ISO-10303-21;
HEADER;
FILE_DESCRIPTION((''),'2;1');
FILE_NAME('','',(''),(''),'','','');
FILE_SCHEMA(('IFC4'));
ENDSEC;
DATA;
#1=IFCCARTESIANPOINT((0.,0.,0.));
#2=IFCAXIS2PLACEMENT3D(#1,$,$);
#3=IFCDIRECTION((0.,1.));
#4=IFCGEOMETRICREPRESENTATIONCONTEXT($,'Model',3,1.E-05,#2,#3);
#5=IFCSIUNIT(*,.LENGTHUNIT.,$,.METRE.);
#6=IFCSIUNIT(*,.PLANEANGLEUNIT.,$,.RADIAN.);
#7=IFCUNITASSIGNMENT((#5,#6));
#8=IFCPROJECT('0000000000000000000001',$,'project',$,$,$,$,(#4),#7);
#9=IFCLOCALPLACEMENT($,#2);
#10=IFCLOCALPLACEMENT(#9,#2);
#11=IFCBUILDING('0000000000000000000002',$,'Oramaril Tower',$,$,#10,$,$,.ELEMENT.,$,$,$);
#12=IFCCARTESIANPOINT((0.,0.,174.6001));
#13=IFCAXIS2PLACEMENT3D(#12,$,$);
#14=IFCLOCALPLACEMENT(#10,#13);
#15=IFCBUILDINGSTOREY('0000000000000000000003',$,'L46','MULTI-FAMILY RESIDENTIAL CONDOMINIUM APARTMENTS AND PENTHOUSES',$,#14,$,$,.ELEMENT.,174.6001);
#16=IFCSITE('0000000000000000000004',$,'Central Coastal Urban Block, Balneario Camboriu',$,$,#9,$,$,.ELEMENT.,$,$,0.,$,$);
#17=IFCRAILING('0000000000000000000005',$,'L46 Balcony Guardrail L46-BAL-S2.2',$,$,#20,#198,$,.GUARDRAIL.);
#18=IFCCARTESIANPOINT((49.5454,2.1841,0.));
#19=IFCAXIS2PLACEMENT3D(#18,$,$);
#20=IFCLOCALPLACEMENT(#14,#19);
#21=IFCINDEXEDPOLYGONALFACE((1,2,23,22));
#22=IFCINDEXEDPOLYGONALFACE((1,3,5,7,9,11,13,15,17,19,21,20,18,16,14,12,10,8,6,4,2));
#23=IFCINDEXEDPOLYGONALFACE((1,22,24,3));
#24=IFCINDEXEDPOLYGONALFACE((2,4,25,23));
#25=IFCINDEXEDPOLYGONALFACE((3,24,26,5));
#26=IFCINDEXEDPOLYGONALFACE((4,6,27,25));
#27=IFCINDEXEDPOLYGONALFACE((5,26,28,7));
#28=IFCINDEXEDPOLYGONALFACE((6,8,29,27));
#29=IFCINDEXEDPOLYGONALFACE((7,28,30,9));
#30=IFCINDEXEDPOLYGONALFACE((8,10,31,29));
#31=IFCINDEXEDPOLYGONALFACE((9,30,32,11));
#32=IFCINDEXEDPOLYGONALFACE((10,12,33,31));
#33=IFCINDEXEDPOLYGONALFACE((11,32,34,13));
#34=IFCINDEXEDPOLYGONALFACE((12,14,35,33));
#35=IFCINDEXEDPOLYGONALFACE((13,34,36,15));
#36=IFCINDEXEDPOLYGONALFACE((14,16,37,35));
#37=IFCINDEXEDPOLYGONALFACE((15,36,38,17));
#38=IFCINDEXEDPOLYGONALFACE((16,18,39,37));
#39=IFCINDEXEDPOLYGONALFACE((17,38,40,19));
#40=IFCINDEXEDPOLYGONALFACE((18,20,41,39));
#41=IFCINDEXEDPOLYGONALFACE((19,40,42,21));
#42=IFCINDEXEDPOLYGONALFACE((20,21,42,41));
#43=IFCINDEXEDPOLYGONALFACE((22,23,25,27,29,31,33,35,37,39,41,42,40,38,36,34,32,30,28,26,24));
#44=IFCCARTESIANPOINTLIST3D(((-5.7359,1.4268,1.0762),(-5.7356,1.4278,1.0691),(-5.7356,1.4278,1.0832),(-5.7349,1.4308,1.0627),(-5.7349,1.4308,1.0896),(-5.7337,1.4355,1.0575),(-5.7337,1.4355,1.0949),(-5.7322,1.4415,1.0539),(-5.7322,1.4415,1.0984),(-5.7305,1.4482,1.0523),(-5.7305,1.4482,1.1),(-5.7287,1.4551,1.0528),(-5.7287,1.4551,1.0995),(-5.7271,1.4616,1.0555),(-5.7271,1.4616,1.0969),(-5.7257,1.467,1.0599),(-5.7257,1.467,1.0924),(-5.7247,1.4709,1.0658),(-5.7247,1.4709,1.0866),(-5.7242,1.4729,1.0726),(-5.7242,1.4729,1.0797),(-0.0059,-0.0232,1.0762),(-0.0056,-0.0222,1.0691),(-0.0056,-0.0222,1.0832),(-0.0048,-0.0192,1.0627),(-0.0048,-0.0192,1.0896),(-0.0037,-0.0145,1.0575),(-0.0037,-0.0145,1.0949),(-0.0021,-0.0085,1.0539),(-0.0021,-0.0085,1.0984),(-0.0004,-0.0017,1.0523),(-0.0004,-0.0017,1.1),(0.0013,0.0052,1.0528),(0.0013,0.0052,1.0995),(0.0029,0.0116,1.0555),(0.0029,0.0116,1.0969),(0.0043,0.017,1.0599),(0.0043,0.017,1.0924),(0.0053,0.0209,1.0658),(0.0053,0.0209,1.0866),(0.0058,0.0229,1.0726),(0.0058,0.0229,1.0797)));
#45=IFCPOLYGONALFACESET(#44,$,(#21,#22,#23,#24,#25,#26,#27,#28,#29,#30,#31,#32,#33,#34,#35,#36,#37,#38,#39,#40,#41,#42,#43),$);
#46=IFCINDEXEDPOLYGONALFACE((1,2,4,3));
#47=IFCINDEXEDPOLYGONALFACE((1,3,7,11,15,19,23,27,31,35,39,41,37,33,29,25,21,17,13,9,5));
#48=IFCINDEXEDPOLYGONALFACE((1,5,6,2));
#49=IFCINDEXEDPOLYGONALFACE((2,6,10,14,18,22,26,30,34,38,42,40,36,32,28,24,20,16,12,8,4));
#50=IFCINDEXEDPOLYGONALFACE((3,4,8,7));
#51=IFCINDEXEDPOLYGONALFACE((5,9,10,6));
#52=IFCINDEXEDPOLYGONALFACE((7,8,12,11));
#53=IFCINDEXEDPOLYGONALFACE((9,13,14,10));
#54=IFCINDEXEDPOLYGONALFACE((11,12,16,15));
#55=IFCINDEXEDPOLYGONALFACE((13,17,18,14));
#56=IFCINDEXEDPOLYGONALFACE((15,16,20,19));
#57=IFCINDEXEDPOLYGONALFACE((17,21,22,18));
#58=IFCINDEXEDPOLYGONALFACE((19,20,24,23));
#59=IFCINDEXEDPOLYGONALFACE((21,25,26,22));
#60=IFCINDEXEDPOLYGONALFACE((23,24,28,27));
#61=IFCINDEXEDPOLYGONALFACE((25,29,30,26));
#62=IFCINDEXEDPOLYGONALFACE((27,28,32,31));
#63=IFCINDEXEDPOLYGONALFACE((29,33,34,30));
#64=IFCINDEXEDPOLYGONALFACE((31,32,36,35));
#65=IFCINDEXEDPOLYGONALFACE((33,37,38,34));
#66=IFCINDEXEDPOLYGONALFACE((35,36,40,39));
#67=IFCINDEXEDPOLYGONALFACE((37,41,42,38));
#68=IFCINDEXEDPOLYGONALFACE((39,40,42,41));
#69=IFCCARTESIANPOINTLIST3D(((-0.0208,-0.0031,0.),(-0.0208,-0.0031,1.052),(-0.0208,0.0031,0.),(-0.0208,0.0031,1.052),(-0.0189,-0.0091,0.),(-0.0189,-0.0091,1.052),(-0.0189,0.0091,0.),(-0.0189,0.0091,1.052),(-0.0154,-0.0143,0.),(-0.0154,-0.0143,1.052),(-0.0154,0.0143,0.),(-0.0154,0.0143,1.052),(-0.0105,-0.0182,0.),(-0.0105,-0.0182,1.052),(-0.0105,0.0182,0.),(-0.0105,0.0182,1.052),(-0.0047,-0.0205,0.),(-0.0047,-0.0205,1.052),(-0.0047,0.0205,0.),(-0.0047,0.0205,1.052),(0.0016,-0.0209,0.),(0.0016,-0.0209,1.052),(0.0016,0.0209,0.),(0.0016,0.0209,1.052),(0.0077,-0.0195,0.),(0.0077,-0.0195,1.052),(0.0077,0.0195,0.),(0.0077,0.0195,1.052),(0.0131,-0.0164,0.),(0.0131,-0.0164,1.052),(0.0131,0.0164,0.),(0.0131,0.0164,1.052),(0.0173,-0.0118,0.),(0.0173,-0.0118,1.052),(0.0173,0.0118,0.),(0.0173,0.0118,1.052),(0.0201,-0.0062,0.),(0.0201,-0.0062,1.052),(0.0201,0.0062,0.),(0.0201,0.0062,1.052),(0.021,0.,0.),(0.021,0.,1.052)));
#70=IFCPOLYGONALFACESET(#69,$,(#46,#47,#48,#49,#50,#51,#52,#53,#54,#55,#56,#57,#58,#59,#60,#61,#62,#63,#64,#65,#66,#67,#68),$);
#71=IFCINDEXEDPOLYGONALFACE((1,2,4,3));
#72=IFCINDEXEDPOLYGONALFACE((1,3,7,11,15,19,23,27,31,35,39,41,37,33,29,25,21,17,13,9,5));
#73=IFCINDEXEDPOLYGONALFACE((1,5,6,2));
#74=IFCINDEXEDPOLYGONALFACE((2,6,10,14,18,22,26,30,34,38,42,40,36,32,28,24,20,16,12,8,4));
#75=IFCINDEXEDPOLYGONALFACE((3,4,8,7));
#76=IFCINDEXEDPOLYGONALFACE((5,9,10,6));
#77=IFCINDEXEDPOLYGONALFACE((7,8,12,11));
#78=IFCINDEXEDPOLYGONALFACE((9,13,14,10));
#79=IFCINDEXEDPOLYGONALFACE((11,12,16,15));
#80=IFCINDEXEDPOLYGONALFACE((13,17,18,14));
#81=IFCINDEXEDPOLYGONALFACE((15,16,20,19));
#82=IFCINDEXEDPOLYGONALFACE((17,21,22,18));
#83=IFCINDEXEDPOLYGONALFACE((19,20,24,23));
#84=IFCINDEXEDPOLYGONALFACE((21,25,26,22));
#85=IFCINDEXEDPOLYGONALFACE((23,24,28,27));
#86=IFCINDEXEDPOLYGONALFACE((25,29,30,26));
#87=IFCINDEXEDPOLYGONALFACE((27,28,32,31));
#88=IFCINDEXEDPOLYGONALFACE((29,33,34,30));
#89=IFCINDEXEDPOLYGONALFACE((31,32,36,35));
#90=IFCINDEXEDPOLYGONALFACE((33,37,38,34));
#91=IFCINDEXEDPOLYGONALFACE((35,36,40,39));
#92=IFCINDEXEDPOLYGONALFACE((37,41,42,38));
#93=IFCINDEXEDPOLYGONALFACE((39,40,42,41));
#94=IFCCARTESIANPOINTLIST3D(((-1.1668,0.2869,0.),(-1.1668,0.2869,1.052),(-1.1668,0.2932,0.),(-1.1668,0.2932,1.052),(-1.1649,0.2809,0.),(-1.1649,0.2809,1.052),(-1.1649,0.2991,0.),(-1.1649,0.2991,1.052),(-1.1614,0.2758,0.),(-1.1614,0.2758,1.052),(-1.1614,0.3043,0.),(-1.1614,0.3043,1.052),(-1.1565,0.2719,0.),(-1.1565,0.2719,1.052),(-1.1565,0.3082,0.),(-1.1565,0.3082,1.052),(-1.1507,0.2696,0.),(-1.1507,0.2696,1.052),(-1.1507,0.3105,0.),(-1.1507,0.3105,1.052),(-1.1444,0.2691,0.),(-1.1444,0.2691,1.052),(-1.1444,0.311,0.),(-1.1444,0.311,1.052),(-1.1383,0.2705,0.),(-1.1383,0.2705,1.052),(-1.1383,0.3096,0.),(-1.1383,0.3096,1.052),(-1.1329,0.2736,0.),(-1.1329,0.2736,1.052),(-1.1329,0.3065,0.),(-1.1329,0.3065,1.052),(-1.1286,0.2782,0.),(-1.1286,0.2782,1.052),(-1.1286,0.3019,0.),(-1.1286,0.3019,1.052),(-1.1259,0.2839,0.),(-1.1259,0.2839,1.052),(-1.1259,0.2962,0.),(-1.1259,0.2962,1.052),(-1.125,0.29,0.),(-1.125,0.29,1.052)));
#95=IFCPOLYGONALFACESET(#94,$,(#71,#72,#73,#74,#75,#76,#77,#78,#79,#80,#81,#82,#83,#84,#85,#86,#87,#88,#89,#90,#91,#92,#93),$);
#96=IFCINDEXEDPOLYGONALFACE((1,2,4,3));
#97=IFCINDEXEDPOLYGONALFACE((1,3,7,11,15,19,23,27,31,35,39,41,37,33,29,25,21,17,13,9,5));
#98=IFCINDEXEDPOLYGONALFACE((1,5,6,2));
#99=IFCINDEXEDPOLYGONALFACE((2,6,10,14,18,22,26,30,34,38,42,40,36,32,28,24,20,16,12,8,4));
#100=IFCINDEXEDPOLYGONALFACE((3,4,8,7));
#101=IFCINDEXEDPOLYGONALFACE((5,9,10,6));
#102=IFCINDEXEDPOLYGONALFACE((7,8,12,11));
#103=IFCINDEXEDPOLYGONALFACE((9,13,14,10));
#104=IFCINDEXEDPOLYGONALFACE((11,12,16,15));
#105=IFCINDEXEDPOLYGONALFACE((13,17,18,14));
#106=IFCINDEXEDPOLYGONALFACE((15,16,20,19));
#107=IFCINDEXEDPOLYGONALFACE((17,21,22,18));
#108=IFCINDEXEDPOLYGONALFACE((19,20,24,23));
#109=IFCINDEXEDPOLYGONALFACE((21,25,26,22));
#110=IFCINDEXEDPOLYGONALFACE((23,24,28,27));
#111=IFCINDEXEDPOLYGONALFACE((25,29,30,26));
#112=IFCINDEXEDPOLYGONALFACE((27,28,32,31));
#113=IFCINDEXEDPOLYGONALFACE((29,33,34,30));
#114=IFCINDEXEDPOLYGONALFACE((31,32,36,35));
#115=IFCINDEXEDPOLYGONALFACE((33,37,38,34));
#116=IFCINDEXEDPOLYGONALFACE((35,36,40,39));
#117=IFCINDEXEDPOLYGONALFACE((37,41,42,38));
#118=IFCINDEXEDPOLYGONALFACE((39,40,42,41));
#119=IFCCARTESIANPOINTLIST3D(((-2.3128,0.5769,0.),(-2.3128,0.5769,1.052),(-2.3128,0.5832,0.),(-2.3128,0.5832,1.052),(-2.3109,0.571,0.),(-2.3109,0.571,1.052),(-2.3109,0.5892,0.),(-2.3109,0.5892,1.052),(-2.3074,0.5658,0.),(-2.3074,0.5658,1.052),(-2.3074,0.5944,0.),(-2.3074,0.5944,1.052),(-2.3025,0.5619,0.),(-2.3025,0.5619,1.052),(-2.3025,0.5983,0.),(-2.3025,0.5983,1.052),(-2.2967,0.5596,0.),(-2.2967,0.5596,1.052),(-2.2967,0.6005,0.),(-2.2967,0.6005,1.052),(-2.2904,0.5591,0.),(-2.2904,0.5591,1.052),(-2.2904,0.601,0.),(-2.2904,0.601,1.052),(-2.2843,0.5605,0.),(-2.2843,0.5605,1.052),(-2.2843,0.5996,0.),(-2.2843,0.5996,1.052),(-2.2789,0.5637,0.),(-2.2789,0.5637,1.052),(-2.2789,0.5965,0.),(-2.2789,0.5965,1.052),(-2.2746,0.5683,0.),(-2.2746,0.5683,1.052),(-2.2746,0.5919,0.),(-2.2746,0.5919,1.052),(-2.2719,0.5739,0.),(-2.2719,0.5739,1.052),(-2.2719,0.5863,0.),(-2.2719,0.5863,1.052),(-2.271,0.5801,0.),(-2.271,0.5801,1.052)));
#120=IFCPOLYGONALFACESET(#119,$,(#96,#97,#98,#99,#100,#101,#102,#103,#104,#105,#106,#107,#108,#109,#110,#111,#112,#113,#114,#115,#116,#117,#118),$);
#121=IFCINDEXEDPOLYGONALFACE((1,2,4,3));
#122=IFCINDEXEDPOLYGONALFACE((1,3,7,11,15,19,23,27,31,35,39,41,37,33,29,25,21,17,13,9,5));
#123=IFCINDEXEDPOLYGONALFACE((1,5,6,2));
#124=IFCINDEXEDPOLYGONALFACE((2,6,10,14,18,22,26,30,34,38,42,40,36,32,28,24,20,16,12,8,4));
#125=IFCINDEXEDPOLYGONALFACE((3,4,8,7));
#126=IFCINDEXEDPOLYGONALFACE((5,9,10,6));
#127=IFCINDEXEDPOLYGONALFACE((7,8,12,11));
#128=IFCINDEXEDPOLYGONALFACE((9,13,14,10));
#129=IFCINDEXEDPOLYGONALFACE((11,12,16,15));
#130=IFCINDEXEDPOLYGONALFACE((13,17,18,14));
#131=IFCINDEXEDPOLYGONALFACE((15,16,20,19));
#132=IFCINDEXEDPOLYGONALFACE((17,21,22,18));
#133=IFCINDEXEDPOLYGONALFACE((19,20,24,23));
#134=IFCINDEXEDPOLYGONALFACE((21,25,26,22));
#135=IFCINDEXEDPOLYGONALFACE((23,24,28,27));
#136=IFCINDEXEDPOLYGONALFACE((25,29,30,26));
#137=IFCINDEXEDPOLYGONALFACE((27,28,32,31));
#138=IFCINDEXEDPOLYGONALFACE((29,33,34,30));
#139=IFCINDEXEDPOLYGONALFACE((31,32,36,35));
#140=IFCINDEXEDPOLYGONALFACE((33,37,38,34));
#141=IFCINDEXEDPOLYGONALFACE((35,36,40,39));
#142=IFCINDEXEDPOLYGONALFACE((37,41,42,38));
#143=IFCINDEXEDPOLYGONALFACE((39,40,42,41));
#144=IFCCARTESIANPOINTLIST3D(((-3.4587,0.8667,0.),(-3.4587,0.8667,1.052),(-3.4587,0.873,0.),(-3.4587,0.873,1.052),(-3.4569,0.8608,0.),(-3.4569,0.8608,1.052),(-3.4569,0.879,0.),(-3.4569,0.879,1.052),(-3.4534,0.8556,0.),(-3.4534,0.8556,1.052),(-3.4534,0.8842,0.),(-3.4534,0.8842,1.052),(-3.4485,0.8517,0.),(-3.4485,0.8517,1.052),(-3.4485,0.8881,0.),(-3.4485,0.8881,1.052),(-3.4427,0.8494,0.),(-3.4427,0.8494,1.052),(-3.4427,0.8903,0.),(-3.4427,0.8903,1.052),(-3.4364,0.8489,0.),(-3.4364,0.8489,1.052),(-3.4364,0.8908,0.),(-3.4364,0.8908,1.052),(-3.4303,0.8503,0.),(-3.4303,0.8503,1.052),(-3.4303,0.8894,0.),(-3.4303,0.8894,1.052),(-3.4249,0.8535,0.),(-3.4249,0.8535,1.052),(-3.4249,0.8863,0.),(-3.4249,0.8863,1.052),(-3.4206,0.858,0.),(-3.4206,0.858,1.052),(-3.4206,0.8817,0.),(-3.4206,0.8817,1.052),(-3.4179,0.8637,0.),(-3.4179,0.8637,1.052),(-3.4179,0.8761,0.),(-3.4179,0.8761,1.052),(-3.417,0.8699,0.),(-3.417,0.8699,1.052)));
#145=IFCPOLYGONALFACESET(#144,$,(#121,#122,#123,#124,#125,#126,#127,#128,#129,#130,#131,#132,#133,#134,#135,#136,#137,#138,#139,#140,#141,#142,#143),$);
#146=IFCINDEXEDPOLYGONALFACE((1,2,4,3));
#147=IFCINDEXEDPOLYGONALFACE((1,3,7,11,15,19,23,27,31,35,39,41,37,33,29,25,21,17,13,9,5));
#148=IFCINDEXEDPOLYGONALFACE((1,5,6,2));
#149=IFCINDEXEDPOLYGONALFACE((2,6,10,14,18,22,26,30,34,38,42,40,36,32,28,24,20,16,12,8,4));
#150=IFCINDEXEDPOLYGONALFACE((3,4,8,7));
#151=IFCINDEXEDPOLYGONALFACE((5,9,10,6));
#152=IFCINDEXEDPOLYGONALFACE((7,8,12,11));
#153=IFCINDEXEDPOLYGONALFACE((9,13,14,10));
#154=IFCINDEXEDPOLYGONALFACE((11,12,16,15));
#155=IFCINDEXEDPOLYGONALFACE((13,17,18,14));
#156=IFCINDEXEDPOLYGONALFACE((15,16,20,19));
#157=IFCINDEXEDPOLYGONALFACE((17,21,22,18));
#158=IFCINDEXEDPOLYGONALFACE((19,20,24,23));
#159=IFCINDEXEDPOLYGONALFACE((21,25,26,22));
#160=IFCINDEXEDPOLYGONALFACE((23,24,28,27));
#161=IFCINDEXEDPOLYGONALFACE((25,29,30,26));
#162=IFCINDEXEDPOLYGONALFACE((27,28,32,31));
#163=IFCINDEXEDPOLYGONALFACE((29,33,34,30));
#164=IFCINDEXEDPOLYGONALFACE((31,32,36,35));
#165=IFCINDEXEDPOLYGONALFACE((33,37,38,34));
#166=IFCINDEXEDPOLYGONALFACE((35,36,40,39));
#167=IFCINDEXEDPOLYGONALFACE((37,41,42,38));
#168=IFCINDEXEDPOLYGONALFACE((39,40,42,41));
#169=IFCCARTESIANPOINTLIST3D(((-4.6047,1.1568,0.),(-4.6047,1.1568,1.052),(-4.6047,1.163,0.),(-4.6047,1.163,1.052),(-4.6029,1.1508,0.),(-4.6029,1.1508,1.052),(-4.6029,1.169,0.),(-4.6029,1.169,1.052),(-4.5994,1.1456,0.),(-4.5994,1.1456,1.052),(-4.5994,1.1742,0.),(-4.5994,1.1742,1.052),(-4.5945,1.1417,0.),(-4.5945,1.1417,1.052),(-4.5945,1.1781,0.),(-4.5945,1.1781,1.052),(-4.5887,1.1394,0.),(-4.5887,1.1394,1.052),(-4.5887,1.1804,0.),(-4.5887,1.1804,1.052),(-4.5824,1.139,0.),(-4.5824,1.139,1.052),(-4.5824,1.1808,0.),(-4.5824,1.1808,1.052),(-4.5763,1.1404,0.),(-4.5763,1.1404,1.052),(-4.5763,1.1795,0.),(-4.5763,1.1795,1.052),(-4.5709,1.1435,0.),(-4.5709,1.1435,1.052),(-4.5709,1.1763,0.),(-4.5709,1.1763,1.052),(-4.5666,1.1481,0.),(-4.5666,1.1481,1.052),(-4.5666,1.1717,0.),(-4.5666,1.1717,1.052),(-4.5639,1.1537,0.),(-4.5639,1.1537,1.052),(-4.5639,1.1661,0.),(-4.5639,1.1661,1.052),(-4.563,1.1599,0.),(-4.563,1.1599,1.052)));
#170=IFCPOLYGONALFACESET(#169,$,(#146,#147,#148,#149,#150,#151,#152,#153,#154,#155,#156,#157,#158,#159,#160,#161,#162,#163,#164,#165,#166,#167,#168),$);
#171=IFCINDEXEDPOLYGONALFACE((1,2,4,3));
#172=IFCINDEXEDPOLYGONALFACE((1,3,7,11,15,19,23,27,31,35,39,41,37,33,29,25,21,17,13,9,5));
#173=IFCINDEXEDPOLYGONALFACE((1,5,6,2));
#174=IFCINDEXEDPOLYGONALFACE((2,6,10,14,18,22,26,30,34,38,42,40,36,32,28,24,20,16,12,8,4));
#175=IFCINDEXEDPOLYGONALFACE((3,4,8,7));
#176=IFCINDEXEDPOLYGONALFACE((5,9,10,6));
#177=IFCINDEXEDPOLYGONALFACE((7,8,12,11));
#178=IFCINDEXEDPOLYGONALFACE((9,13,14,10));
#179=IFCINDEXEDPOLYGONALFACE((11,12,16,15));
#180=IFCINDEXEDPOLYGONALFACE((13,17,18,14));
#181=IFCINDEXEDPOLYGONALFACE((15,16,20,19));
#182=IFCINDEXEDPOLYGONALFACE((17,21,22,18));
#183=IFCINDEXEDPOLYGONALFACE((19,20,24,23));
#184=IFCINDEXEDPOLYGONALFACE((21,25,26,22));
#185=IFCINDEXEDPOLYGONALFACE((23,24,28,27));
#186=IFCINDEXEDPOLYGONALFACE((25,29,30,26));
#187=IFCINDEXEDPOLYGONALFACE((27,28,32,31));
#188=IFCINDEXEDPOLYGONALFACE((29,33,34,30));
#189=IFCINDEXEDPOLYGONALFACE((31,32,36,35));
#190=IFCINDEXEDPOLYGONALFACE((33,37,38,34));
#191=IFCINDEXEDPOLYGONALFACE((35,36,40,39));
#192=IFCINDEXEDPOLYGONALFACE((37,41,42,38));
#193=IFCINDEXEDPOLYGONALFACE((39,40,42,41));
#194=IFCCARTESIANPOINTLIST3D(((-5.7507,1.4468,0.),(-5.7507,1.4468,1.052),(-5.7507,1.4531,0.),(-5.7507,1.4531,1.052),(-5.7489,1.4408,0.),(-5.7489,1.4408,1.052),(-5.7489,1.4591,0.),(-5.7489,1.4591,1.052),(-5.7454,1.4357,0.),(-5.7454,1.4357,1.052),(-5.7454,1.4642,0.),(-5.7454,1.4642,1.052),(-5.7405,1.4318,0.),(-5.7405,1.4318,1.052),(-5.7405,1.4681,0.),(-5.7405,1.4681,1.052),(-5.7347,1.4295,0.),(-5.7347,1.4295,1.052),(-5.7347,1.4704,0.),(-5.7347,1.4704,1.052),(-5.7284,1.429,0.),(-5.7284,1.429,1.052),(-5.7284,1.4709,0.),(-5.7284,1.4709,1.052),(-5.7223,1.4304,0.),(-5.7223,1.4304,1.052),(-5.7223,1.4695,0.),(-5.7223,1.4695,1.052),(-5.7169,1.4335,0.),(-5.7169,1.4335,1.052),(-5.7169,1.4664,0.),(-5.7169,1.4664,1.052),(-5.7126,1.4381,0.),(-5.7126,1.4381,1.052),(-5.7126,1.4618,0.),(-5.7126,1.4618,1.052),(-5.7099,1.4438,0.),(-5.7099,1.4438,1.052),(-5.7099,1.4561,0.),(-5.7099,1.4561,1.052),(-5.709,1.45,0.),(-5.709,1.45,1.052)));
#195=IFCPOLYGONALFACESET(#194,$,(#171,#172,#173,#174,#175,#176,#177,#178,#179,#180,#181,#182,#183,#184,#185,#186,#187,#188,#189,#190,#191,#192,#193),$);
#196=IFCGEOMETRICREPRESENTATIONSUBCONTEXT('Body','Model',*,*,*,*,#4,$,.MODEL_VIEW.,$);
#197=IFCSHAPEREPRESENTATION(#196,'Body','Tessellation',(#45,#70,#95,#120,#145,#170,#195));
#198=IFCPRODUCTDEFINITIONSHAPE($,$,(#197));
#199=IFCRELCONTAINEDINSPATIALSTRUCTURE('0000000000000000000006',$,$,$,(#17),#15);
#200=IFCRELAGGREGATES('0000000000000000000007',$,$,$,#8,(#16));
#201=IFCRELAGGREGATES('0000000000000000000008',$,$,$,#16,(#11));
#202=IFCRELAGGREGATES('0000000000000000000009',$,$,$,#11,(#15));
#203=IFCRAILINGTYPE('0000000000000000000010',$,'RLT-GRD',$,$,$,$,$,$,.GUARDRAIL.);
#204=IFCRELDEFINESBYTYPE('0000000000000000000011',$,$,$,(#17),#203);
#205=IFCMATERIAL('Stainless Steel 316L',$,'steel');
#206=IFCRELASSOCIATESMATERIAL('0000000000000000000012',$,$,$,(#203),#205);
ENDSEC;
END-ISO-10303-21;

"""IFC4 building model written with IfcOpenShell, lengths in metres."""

from ifc_helpers import new_model, si_unit, direction, frame, origin, origin_2d, place, context, subcontext, project, spatial, circle, extrude, material, type_object, element, save


model = new_model("IFC4")

# Units and contexts
model_context = context("Model", 3, precision=1e-05, world=origin(), true_north=direction((0.0, 1.0)))
body_context = subcontext(model_context, "Body", "Model", "MODEL_VIEW")
ifc_project = project(units=[si_unit("LENGTHUNIT", "METRE"), si_unit("PLANEANGLEUNIT", "RADIAN")], contexts=[model_context])

# Site, building, storey
site_placement = place(None, origin())
site = spatial("IfcSite", under=ifc_project, at=site_placement, Name="Central Coastal Urban Block, Balneario Camboriu", CompositionType="ELEMENT", RefElevation=0.0)
building_placement = place(site_placement, origin())
building = spatial("IfcBuilding", under=site, at=building_placement, Name="Oramaril Tower", CompositionType="ELEMENT")
storey_placement = place(building_placement, frame((0.0, 0.0, 174.6001)))
storey = spatial("IfcBuildingStorey", under=building, at=storey_placement, Name="L46", Description="MULTI-FAMILY RESIDENTIAL CONDOMINIUM APARTMENTS AND PENTHOUSES", CompositionType="ELEMENT", Elevation=174.6001)

# Railing
ifc_material_1 = material(Name="Stainless Steel 316L", Category="steel")
railing_type = type_object("IfcRailingType", Name="RLT-GRD", PredefinedType="GUARDRAIL", material=ifc_material_1)
railing_1_placement = place(storey_placement, frame((49.5454, 2.1841, 0.0)))
element("IfcRailing", 1, at=railing_1_placement, inside=storey, type_object=railing_type, Name="L46 Balcony Guardrail L46-BAL-S2.2", PredefinedType="GUARDRAIL", context=body_context, shape_type="SweptSolid", body=[
    extrude(circle(Radius=0.0239, at=origin_2d()), frame((0.0, 0.0, 1.0762), z_axis=(-0.969444, 0.245314, 0.0), x_axis=(-0.245314, -0.969444, 0.0)), (0.0, 0.0, 1.0), 5.9106),
    extrude(circle(Radius=0.021, at=origin_2d()), origin(), (0.0, 0.0, 1.0), 1.052),
    extrude(circle(Radius=0.021, at=origin_2d()), frame((-1.146, 0.29, 0.0)), (0.0, 0.0, 1.0), 1.052),
    extrude(circle(Radius=0.021, at=origin_2d()), frame((-2.292, 0.5801, 0.0)), (0.0, 0.0, 1.0), 1.052),
    extrude(circle(Radius=0.021, at=origin_2d()), frame((-3.438, 0.8699, 0.0)), (0.0, 0.0, 1.0), 1.052),
    extrude(circle(Radius=0.021, at=origin_2d()), frame((-4.584, 1.1599, 0.0)), (0.0, 0.0, 1.0), 1.052),
    extrude(circle(Radius=0.021, at=origin_2d()), frame((-5.73, 1.45, 0.0)), (0.0, 0.0, 1.0), 1.052),
])

save(model, "model.ifc")
